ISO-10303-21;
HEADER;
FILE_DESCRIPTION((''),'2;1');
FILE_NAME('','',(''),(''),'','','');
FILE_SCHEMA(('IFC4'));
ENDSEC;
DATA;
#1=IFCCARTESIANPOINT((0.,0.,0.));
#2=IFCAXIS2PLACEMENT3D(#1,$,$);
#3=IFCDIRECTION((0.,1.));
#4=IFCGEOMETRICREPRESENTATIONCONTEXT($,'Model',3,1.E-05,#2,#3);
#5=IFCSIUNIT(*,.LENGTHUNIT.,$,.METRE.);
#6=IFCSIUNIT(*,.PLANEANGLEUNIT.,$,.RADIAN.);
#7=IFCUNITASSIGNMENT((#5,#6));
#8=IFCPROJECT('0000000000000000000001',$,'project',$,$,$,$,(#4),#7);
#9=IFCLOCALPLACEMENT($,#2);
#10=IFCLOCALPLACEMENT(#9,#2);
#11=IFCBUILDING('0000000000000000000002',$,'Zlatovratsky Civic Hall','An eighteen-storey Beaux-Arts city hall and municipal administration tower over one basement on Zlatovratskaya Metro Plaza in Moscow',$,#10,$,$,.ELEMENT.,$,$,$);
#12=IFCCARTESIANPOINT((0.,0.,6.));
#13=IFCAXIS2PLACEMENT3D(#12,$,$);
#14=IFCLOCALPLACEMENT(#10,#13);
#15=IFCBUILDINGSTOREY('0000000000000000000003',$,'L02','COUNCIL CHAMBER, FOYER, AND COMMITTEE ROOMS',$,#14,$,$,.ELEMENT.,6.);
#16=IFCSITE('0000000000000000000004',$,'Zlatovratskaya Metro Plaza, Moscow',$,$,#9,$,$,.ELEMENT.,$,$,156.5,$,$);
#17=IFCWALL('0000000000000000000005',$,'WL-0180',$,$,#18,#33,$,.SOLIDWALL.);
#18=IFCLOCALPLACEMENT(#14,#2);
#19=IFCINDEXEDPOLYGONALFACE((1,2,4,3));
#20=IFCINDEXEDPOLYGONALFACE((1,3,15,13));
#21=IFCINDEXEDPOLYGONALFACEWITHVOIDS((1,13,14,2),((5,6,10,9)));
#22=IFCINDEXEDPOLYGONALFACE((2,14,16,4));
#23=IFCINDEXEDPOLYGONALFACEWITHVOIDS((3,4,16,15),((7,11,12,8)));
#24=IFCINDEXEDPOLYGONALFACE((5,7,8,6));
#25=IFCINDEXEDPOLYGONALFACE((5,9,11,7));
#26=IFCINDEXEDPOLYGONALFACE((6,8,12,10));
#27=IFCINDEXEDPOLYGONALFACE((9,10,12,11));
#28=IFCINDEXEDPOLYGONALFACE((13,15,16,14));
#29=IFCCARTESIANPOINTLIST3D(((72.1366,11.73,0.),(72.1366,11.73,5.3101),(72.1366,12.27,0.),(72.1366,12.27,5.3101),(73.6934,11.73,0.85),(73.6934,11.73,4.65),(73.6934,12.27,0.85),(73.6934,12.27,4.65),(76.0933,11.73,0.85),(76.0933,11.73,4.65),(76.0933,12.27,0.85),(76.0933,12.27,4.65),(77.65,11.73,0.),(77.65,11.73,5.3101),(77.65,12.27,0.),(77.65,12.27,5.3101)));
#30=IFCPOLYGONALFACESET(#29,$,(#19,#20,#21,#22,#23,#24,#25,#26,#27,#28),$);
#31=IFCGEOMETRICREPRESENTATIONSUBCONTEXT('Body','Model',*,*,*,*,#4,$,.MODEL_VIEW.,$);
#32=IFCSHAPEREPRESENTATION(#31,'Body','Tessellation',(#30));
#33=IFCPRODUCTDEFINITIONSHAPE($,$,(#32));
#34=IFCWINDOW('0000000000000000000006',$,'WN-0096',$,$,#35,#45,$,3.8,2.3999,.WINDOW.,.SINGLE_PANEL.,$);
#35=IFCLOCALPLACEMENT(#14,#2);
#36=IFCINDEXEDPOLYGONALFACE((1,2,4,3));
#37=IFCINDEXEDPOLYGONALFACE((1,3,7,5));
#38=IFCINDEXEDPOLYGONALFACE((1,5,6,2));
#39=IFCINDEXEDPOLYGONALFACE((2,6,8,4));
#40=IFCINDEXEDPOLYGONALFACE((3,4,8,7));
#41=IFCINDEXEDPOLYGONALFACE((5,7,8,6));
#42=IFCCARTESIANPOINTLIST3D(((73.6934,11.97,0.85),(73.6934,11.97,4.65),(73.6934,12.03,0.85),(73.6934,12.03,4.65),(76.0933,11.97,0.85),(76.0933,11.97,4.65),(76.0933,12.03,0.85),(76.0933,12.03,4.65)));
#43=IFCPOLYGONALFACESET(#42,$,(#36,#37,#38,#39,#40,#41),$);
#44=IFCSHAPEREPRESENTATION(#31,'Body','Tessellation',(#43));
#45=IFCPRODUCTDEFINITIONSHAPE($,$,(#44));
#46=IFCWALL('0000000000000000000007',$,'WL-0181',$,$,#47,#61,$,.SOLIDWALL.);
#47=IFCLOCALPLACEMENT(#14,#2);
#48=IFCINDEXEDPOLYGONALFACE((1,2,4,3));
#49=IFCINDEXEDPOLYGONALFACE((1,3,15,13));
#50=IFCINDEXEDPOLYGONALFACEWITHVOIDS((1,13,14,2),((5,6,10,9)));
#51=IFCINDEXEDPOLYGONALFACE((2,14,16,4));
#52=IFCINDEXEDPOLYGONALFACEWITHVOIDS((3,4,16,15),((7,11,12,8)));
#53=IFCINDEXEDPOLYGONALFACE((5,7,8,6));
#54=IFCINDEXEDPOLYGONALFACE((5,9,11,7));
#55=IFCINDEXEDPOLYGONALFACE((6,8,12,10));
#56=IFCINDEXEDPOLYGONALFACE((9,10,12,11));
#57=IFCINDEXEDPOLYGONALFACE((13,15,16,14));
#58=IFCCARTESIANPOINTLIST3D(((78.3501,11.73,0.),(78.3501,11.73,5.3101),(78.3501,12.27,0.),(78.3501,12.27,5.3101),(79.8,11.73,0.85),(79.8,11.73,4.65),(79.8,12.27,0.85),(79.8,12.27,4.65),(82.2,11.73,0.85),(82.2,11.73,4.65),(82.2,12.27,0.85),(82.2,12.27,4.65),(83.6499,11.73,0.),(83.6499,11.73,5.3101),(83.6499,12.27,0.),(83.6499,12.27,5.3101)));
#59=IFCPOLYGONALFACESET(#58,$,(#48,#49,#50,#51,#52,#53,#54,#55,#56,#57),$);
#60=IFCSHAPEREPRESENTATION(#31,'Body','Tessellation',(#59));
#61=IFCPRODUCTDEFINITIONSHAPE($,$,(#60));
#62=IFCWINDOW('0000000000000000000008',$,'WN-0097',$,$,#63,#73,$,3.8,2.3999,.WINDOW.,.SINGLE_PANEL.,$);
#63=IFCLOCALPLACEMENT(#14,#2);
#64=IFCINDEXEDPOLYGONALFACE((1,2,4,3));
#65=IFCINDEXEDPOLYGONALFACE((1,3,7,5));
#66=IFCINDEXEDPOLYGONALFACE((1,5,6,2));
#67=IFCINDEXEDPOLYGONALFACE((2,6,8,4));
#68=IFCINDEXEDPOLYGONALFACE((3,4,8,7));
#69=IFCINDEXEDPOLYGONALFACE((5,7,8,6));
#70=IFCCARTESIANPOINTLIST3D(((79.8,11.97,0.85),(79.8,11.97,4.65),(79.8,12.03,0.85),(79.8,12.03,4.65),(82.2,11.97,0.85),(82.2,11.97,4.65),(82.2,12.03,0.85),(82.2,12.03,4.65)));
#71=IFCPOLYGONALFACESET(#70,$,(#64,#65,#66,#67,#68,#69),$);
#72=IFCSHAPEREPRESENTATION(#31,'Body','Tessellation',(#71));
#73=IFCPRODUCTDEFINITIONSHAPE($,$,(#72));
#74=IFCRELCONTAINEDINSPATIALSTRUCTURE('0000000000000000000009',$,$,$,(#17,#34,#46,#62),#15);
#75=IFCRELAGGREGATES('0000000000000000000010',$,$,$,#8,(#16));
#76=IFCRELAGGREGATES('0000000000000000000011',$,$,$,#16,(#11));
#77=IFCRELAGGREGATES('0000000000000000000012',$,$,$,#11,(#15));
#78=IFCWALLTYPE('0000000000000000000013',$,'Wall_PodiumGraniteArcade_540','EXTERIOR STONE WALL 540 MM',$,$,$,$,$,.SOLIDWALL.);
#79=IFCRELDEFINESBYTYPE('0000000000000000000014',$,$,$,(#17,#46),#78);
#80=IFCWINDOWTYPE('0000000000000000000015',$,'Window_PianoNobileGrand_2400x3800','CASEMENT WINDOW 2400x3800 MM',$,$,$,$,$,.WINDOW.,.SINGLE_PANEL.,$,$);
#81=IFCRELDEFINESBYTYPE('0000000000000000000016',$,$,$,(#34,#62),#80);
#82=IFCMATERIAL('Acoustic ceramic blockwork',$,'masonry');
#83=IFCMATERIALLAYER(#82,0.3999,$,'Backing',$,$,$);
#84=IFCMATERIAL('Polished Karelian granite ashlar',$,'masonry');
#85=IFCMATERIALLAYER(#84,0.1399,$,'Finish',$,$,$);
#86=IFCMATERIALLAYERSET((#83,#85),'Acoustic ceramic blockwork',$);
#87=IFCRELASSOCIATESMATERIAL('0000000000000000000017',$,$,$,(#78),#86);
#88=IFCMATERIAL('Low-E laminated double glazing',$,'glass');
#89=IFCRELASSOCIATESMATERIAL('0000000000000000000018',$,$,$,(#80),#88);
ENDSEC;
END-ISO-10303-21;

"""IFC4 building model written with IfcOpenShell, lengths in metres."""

from ifc_helpers import new_model, si_unit, direction, frame, frame_2d, origin, place, context, subcontext, project, spatial, rectangle, extrude, material, layer, layer_set, type_object, element, fill, save


model = new_model("IFC4")

# Units and contexts
model_context = context("Model", 3, precision=1e-05, world=origin(), true_north=direction((0.0, 1.0)))
body_context = subcontext(model_context, "Body", "Model", "MODEL_VIEW")
ifc_project = project(units=[si_unit("LENGTHUNIT", "METRE"), si_unit("PLANEANGLEUNIT", "RADIAN")], contexts=[model_context])

# Site, building, storey
site_placement = place(None, origin())
site = spatial("IfcSite", under=ifc_project, at=site_placement, Name="Zlatovratskaya Metro Plaza, Moscow", CompositionType="ELEMENT", RefElevation=156.5)
building_placement = place(site_placement, origin())
building = spatial("IfcBuilding", under=site, at=building_placement, Name="Zlatovratsky Civic Hall", Description="An eighteen-storey Beaux-Arts city hall and municipal administration tower over one basement on Zlatovratskaya Metro Plaza in Moscow", CompositionType="ELEMENT")
storey_placement = place(building_placement, frame((0.0, 0.0, 6.0)))
storey = spatial("IfcBuildingStorey", under=building, at=storey_placement, Name="L02", Description="COUNCIL CHAMBER, FOYER, AND COMMITTEE ROOMS", CompositionType="ELEMENT", Elevation=6.0)

# Walls, openings, windows
ifc_material_1 = material(Name="Acoustic ceramic blockwork", Category="masonry")
ifc_layer_1 = layer(ifc_material_1, 0.3999, Name="Backing")
ifc_material_2 = material(Name="Polished Karelian granite ashlar", Category="masonry")
ifc_layer_2 = layer(ifc_material_2, 0.1399, Name="Finish")
ifc_layer_set_1 = layer_set([ifc_layer_1, ifc_layer_2], Name="Acoustic ceramic blockwork")
wall_type = type_object("IfcWallType", Name="Wall_PodiumGraniteArcade_540", Description="EXTERIOR STONE WALL 540 MM", PredefinedType="SOLIDWALL", material=ifc_layer_set_1)
wall_1_placement = place(storey_placement, frame((72.1365, 12.0, 0.0), z_axis=(0.0, 0.0, 1.0), x_axis=(1.0, 0.0, 0.0)))
wall_1 = element("IfcWall", 1, at=wall_1_placement, inside=storey, type_object=wall_type, Name="WL-0180", PredefinedType="SOLIDWALL", context=body_context, shape_type="SweptSolid", body=[
    extrude(rectangle(XDim=5.5134, YDim=0.54, at=frame_2d((2.7568, 0.0))), origin(), (0.0, 0.0, 1.0), 5.3101),
])
opening_1_placement = place(wall_1_placement, frame((1.5569, 0.0, 0.8501)))
opening_1 = element("IfcOpeningElement", 2, at=opening_1_placement, cuts=wall_1, PredefinedType="OPENING", context=body_context, shape_type="SweptSolid", body=[
    extrude(rectangle(XDim=2.3999, YDim=3.8, at=frame_2d((1.2, 1.8999))), frame((0.0, 0.2849, 0.0), z_axis=(0.0, -1.0, 0.0), x_axis=(1.0, 0.0, 0.0)), (0.0, 0.0, 1.0), 0.5698),
])
ifc_material_3 = material(Name="Low-E laminated double glazing", Category="glass")
window_type = type_object("IfcWindowType", Name="Window_PianoNobileGrand_2400x3800", Description="CASEMENT WINDOW 2400x3800 MM", PartitioningType="SINGLE_PANEL", PredefinedType="WINDOW", material=ifc_material_3)
window_1_placement = place(opening_1_placement, origin())
window_1 = element("IfcWindow", 3, at=window_1_placement, inside=storey, type_object=window_type, Name="WN-0096", OverallHeight=3.8, OverallWidth=2.3999, PartitioningType="SINGLE_PANEL", PredefinedType="WINDOW", context=body_context, shape_type="SweptSolid", body=[
    extrude(rectangle(XDim=2.3999, YDim=3.8, at=frame_2d((1.2, 1.8999))), frame((0.0, 0.03, 0.0), z_axis=(0.0, -1.0, 0.0), x_axis=(1.0, 0.0, 0.0)), (0.0, 0.0, 1.0), 0.0601),
])
fill(opening_1, window_1)
wall_2_placement = place(storey_placement, frame((78.3501, 12.0, 0.0), z_axis=(0.0, 0.0, 1.0), x_axis=(1.0, 0.0, 0.0)))
wall_2 = element("IfcWall", 4, at=wall_2_placement, inside=storey, type_object=wall_type, Name="WL-0181", PredefinedType="SOLIDWALL", context=body_context, shape_type="SweptSolid", body=[
    extrude(rectangle(XDim=5.2998, YDim=0.54, at=frame_2d((2.6499, 0.0))), origin(), (0.0, 0.0, 1.0), 5.3101),
])
opening_2_placement = place(wall_2_placement, frame((1.45, 0.0, 0.8501)))
opening_2 = element("IfcOpeningElement", 5, at=opening_2_placement, cuts=wall_2, PredefinedType="OPENING", context=body_context, shape_type="SweptSolid", body=[
    extrude(rectangle(XDim=2.3999, YDim=3.8, at=frame_2d((1.2, 1.8999))), frame((0.0, 0.2849, 0.0), z_axis=(0.0, -1.0, 0.0), x_axis=(1.0, 0.0, 0.0)), (0.0, 0.0, 1.0), 0.5698),
])
window_2_placement = place(opening_2_placement, origin())
window_2 = element("IfcWindow", 6, at=window_2_placement, inside=storey, type_object=window_type, Name="WN-0097", OverallHeight=3.8, OverallWidth=2.3999, PartitioningType="SINGLE_PANEL", PredefinedType="WINDOW", context=body_context, shape_type="SweptSolid", body=[
    extrude(rectangle(XDim=2.3999, YDim=3.8, at=frame_2d((1.2, 1.8999))), frame((0.0, 0.03, 0.0), z_axis=(0.0, -1.0, 0.0), x_axis=(1.0, 0.0, 0.0)), (0.0, 0.0, 1.0), 0.0601),
])
fill(opening_2, window_2)

save(model, "model.ifc")
